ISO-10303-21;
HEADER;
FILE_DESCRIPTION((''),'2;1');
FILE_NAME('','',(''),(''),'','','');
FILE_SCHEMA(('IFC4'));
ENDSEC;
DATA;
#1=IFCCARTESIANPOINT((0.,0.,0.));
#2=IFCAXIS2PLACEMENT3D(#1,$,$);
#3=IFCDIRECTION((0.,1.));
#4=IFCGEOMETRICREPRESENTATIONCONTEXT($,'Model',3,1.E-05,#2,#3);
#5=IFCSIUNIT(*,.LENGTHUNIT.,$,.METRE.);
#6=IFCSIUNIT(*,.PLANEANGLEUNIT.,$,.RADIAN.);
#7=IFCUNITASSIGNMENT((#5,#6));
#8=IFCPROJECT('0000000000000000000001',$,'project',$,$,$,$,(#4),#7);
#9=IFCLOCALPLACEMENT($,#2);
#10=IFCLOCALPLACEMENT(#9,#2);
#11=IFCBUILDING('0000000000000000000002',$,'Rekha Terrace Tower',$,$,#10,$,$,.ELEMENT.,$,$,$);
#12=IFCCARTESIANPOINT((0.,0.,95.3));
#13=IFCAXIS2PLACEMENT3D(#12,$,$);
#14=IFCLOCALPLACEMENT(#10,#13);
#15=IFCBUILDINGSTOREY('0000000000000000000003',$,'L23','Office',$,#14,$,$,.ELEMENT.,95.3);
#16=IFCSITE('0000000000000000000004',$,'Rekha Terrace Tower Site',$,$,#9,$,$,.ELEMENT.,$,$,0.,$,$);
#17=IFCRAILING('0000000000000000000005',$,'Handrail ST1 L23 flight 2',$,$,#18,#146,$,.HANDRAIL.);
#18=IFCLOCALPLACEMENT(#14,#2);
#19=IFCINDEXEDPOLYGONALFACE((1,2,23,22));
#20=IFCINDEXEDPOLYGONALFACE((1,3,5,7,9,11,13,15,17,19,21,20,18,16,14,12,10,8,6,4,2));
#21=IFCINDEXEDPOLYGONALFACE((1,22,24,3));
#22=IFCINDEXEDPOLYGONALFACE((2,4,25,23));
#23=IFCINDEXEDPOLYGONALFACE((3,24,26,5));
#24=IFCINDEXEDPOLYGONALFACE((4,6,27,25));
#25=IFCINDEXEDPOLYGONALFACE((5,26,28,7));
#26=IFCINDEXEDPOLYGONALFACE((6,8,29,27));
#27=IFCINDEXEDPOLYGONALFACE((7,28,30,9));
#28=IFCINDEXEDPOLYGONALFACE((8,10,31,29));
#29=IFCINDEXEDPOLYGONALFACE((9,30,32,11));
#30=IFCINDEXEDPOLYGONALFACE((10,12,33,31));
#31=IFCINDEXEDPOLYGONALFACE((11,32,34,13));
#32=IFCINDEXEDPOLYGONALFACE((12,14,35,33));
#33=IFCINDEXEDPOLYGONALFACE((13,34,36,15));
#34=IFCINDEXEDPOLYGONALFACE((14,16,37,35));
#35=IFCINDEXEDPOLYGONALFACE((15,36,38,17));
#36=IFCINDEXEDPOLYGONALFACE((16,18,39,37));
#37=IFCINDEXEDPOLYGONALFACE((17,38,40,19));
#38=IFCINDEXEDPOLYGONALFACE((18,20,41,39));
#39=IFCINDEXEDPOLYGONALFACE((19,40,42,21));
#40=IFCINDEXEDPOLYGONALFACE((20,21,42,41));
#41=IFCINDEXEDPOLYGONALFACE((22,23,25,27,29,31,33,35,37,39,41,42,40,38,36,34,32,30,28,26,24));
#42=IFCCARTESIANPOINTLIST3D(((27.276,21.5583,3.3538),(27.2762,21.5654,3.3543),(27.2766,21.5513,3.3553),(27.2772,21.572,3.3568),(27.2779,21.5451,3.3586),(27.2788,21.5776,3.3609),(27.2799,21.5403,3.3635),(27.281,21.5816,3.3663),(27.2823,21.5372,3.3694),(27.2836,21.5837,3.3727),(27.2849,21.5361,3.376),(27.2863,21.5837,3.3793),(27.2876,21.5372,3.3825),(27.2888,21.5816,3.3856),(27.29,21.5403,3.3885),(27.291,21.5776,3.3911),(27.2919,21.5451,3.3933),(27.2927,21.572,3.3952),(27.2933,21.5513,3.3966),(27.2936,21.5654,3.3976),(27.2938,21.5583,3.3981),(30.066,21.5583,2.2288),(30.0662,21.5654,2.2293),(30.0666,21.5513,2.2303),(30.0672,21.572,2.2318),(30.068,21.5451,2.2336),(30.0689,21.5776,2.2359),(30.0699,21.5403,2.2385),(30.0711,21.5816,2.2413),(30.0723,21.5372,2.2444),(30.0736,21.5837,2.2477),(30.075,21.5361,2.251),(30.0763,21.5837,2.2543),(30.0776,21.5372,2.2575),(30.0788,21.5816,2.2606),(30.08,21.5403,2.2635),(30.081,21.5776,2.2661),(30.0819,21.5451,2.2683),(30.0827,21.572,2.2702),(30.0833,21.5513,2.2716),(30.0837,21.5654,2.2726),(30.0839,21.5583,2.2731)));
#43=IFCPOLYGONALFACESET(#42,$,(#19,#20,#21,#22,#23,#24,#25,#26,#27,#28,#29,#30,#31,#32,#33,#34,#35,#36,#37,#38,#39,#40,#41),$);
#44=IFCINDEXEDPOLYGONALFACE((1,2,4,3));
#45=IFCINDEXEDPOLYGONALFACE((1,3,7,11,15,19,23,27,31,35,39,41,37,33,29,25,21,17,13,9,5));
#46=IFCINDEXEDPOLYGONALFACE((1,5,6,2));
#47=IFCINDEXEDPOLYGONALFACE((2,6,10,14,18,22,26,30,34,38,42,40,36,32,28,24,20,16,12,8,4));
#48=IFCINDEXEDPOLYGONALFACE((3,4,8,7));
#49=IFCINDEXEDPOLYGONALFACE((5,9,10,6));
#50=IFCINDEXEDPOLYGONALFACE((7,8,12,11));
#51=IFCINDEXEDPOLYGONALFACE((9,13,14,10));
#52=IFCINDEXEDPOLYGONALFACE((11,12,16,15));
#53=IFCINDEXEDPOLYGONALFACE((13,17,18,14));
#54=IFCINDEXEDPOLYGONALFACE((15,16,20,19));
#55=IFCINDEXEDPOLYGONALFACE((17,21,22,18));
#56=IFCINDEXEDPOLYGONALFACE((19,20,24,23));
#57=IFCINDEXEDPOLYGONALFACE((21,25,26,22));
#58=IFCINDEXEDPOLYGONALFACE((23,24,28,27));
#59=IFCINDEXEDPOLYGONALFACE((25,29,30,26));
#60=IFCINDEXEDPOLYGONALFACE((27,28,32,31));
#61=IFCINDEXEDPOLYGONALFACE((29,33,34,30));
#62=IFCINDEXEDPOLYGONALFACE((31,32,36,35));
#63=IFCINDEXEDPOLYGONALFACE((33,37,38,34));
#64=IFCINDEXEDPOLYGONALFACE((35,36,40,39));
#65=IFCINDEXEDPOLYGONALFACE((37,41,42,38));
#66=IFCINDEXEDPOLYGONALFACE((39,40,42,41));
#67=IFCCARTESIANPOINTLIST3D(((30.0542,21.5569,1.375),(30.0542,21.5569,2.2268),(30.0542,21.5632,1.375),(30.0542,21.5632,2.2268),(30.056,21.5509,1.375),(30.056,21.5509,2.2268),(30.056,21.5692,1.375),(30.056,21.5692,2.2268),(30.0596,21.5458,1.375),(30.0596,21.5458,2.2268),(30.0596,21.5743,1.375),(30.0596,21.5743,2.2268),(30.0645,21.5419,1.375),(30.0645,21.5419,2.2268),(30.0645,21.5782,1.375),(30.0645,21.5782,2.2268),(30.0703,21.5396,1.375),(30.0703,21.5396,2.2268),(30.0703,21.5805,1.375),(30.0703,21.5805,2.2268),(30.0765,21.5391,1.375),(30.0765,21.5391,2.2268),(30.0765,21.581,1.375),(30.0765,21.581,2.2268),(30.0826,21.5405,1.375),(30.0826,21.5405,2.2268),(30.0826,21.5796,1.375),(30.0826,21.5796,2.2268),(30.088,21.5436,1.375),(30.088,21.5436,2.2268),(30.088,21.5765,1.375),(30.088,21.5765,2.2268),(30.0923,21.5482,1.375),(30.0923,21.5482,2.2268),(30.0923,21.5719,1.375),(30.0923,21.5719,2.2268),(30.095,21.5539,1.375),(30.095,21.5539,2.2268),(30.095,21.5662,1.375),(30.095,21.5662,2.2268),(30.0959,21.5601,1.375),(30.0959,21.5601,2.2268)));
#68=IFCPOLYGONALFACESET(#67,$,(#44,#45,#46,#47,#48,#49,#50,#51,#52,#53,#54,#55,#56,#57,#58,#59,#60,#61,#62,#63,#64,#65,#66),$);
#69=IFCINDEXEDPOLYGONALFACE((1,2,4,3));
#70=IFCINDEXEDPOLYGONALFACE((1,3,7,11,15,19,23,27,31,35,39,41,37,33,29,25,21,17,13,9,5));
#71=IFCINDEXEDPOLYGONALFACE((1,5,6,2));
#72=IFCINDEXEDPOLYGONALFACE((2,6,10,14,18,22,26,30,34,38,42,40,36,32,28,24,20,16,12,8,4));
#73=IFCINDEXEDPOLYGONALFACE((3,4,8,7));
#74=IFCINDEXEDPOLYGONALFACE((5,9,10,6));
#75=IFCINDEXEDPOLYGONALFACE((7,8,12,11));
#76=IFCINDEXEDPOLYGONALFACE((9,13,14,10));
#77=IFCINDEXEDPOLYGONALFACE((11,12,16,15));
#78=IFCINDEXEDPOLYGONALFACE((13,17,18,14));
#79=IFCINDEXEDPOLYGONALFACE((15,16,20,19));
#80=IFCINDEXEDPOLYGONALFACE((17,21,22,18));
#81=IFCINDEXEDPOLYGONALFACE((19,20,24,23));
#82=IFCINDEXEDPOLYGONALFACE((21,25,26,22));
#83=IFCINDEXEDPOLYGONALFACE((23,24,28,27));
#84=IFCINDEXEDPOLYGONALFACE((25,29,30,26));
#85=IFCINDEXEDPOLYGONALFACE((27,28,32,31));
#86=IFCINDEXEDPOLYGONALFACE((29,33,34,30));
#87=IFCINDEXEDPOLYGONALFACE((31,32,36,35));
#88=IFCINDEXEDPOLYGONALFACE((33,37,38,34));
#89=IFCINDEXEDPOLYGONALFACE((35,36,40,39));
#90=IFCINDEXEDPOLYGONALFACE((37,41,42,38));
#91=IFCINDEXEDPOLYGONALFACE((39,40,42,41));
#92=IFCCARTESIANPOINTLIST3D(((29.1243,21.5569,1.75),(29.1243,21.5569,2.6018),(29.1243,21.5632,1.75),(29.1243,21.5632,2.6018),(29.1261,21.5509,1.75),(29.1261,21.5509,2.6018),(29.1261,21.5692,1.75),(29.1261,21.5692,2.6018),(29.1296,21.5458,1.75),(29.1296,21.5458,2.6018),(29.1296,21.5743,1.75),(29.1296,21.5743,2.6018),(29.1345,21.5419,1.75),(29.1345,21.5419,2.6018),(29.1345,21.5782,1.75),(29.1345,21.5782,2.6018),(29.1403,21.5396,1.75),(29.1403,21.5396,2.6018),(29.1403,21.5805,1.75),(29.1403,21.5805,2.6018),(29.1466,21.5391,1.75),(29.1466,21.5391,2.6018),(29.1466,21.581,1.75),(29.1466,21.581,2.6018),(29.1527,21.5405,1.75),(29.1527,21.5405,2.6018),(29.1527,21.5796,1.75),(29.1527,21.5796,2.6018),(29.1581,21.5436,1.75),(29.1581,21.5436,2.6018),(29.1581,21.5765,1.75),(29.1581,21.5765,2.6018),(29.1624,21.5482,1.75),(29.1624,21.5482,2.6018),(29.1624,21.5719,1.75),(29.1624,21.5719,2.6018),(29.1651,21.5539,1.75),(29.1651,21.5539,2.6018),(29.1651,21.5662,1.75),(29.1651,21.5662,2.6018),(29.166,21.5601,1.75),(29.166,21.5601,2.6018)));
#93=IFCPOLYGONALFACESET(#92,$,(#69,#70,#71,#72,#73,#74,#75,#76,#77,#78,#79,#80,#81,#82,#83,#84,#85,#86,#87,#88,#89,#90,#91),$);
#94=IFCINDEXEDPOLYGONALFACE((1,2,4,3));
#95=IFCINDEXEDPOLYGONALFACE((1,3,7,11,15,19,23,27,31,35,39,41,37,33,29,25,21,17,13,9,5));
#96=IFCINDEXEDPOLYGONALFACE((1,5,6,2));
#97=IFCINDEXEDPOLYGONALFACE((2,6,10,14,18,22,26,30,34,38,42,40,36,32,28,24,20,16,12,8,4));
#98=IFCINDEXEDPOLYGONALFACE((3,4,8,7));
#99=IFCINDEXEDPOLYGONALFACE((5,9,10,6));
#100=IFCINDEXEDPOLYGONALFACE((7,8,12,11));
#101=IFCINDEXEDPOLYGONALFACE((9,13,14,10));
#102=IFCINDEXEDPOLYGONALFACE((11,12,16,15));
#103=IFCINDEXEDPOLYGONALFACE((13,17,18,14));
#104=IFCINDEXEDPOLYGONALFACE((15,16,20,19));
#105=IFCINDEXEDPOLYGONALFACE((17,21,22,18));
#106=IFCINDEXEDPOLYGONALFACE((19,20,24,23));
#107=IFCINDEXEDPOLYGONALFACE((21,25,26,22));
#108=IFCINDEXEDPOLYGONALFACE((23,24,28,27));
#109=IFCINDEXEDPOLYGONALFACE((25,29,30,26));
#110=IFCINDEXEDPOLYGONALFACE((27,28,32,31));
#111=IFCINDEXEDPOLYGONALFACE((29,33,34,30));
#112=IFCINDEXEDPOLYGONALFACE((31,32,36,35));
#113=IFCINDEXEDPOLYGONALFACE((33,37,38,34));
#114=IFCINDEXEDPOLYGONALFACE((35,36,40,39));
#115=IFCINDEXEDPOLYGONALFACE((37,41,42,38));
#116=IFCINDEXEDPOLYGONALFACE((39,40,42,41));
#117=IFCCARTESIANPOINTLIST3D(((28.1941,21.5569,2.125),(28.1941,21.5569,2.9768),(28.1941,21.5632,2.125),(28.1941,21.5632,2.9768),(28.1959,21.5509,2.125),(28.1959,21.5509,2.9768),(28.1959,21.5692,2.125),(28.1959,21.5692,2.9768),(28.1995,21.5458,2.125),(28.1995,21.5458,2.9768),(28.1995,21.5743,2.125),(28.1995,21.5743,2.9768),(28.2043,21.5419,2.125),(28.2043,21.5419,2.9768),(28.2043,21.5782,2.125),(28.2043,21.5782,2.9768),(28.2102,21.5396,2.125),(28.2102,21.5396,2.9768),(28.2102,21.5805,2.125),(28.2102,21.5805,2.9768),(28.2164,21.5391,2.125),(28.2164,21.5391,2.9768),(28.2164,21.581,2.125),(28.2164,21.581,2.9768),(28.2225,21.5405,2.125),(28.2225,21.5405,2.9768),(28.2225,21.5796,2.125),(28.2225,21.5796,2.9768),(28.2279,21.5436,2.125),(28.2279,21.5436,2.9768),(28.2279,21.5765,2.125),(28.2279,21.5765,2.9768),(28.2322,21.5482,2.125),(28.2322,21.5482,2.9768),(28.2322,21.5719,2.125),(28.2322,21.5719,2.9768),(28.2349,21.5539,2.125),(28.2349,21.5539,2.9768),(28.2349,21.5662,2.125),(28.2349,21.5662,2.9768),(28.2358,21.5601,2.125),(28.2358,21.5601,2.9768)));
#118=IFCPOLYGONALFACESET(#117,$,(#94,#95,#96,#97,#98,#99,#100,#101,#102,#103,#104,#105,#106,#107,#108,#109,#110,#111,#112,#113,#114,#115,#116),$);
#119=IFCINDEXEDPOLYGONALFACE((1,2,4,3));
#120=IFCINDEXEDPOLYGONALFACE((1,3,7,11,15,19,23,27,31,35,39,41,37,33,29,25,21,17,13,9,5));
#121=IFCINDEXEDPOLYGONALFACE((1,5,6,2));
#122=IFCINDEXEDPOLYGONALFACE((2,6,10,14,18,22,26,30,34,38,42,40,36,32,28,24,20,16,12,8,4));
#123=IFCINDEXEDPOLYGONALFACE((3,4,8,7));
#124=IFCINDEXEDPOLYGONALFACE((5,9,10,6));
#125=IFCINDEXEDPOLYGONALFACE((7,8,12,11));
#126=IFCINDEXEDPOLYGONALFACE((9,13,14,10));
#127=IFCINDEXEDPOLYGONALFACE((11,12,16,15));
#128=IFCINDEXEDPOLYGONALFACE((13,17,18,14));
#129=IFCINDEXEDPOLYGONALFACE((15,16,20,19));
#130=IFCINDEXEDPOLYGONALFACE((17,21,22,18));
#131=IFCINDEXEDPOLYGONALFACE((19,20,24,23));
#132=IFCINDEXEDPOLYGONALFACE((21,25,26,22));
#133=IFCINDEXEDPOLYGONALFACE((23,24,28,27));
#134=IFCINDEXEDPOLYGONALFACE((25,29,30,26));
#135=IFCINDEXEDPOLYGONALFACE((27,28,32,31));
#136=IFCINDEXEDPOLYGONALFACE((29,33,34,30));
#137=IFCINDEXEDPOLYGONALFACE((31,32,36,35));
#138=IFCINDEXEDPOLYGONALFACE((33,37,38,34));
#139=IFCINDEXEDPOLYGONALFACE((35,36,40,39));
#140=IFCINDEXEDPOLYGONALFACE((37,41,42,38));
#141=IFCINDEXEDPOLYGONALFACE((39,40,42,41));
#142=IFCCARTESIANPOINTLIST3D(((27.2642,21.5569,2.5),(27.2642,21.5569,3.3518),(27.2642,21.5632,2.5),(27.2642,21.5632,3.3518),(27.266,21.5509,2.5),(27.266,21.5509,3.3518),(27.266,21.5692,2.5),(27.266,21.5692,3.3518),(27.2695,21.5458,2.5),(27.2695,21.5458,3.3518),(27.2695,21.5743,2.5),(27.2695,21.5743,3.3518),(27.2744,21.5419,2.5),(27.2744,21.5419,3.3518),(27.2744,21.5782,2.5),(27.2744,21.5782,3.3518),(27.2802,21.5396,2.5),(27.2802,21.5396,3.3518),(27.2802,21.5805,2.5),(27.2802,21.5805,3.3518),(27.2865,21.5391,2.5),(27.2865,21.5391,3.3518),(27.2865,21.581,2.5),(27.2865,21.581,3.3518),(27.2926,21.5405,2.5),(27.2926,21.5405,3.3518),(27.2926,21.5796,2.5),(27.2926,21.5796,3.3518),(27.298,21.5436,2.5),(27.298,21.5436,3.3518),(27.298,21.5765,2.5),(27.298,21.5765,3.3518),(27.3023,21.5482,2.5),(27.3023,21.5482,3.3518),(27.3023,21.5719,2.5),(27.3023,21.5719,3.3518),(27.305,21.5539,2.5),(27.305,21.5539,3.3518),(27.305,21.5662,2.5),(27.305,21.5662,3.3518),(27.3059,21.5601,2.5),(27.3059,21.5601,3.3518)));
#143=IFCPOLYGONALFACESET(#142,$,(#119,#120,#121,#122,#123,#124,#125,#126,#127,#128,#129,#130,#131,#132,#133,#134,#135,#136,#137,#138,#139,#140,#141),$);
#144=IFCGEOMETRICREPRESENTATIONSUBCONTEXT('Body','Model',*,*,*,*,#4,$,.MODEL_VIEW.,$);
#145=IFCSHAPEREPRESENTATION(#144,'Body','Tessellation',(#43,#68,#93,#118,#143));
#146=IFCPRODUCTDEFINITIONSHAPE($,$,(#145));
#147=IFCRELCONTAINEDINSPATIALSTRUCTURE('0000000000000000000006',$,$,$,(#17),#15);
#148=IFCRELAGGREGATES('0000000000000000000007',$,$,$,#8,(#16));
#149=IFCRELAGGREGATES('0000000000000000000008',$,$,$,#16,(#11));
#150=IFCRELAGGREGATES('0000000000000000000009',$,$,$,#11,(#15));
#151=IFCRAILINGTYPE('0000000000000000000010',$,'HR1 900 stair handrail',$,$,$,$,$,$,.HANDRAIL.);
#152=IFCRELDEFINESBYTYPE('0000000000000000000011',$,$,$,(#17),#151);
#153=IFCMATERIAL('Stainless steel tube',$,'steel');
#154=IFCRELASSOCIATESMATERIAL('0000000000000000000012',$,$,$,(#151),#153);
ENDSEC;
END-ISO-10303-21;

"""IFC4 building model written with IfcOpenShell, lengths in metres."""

from ifc_helpers import new_model, si_unit, direction, frame, origin, origin_2d, place, context, subcontext, project, spatial, circle, extrude, material, type_object, element, save


model = new_model("IFC4")

# Units and contexts
model_context = context("Model", 3, precision=1e-05, world=origin(), true_north=direction((0.0, 1.0)))
body_context = subcontext(model_context, "Body", "Model", "MODEL_VIEW")
ifc_project = project(units=[si_unit("LENGTHUNIT", "METRE"), si_unit("PLANEANGLEUNIT", "RADIAN")], contexts=[model_context])

# Site, building, storey
site_placement = place(None, origin())
site = spatial("IfcSite", under=ifc_project, at=site_placement, Name="Rekha Terrace Tower Site", CompositionType="ELEMENT", RefElevation=0.0)
building_placement = place(site_placement, origin())
building = spatial("IfcBuilding", under=site, at=building_placement, Name="Rekha Terrace Tower", CompositionType="ELEMENT")
storey_placement = place(building_placement, frame((0.0, 0.0, 95.3)))
storey = spatial("IfcBuildingStorey", under=building, at=storey_placement, Name="L23", Description="Office", CompositionType="ELEMENT", Elevation=95.3)

# Railing
ifc_material_1 = material(Name="Stainless steel tube", Category="steel")
railing_type_1 = type_object("IfcRailingType", Name="HR1 900 stair handrail", PredefinedType="HANDRAIL", material=ifc_material_1)
railing_1_placement = place(storey_placement, frame((30.075, 21.5601, 1.375)))
element("IfcRailing", 1, at=railing_1_placement, inside=storey, type_object=railing_type_1, Name="Handrail ST1 L23 flight 2", PredefinedType="HANDRAIL", context=body_context, shape_type="SweptSolid", body=[
    extrude(circle(Radius=0.0239, at=origin_2d()), frame((0.0, 0.0, 0.876), z_axis=(-0.927443, 0.0, 0.373964), x_axis=(0.0, -1.0, 0.0)), (0.0, 0.0, 1.0), 3.0083),
    extrude(circle(Radius=0.021, at=origin_2d()), origin(), (0.0, 0.0, 1.0), 0.8518),
    extrude(circle(Radius=0.021, at=origin_2d()), frame((-0.9299, 0.0, 0.375)), (0.0, 0.0, 1.0), 0.8518),
    extrude(circle(Radius=0.021, at=origin_2d()), frame((-1.8601, 0.0, 0.75)), (0.0, 0.0, 1.0), 0.8518),
    extrude(circle(Radius=0.021, at=origin_2d()), frame((-2.79, 0.0, 1.125)), (0.0, 0.0, 1.0), 0.8518),
])

save(model, "model.ifc")
